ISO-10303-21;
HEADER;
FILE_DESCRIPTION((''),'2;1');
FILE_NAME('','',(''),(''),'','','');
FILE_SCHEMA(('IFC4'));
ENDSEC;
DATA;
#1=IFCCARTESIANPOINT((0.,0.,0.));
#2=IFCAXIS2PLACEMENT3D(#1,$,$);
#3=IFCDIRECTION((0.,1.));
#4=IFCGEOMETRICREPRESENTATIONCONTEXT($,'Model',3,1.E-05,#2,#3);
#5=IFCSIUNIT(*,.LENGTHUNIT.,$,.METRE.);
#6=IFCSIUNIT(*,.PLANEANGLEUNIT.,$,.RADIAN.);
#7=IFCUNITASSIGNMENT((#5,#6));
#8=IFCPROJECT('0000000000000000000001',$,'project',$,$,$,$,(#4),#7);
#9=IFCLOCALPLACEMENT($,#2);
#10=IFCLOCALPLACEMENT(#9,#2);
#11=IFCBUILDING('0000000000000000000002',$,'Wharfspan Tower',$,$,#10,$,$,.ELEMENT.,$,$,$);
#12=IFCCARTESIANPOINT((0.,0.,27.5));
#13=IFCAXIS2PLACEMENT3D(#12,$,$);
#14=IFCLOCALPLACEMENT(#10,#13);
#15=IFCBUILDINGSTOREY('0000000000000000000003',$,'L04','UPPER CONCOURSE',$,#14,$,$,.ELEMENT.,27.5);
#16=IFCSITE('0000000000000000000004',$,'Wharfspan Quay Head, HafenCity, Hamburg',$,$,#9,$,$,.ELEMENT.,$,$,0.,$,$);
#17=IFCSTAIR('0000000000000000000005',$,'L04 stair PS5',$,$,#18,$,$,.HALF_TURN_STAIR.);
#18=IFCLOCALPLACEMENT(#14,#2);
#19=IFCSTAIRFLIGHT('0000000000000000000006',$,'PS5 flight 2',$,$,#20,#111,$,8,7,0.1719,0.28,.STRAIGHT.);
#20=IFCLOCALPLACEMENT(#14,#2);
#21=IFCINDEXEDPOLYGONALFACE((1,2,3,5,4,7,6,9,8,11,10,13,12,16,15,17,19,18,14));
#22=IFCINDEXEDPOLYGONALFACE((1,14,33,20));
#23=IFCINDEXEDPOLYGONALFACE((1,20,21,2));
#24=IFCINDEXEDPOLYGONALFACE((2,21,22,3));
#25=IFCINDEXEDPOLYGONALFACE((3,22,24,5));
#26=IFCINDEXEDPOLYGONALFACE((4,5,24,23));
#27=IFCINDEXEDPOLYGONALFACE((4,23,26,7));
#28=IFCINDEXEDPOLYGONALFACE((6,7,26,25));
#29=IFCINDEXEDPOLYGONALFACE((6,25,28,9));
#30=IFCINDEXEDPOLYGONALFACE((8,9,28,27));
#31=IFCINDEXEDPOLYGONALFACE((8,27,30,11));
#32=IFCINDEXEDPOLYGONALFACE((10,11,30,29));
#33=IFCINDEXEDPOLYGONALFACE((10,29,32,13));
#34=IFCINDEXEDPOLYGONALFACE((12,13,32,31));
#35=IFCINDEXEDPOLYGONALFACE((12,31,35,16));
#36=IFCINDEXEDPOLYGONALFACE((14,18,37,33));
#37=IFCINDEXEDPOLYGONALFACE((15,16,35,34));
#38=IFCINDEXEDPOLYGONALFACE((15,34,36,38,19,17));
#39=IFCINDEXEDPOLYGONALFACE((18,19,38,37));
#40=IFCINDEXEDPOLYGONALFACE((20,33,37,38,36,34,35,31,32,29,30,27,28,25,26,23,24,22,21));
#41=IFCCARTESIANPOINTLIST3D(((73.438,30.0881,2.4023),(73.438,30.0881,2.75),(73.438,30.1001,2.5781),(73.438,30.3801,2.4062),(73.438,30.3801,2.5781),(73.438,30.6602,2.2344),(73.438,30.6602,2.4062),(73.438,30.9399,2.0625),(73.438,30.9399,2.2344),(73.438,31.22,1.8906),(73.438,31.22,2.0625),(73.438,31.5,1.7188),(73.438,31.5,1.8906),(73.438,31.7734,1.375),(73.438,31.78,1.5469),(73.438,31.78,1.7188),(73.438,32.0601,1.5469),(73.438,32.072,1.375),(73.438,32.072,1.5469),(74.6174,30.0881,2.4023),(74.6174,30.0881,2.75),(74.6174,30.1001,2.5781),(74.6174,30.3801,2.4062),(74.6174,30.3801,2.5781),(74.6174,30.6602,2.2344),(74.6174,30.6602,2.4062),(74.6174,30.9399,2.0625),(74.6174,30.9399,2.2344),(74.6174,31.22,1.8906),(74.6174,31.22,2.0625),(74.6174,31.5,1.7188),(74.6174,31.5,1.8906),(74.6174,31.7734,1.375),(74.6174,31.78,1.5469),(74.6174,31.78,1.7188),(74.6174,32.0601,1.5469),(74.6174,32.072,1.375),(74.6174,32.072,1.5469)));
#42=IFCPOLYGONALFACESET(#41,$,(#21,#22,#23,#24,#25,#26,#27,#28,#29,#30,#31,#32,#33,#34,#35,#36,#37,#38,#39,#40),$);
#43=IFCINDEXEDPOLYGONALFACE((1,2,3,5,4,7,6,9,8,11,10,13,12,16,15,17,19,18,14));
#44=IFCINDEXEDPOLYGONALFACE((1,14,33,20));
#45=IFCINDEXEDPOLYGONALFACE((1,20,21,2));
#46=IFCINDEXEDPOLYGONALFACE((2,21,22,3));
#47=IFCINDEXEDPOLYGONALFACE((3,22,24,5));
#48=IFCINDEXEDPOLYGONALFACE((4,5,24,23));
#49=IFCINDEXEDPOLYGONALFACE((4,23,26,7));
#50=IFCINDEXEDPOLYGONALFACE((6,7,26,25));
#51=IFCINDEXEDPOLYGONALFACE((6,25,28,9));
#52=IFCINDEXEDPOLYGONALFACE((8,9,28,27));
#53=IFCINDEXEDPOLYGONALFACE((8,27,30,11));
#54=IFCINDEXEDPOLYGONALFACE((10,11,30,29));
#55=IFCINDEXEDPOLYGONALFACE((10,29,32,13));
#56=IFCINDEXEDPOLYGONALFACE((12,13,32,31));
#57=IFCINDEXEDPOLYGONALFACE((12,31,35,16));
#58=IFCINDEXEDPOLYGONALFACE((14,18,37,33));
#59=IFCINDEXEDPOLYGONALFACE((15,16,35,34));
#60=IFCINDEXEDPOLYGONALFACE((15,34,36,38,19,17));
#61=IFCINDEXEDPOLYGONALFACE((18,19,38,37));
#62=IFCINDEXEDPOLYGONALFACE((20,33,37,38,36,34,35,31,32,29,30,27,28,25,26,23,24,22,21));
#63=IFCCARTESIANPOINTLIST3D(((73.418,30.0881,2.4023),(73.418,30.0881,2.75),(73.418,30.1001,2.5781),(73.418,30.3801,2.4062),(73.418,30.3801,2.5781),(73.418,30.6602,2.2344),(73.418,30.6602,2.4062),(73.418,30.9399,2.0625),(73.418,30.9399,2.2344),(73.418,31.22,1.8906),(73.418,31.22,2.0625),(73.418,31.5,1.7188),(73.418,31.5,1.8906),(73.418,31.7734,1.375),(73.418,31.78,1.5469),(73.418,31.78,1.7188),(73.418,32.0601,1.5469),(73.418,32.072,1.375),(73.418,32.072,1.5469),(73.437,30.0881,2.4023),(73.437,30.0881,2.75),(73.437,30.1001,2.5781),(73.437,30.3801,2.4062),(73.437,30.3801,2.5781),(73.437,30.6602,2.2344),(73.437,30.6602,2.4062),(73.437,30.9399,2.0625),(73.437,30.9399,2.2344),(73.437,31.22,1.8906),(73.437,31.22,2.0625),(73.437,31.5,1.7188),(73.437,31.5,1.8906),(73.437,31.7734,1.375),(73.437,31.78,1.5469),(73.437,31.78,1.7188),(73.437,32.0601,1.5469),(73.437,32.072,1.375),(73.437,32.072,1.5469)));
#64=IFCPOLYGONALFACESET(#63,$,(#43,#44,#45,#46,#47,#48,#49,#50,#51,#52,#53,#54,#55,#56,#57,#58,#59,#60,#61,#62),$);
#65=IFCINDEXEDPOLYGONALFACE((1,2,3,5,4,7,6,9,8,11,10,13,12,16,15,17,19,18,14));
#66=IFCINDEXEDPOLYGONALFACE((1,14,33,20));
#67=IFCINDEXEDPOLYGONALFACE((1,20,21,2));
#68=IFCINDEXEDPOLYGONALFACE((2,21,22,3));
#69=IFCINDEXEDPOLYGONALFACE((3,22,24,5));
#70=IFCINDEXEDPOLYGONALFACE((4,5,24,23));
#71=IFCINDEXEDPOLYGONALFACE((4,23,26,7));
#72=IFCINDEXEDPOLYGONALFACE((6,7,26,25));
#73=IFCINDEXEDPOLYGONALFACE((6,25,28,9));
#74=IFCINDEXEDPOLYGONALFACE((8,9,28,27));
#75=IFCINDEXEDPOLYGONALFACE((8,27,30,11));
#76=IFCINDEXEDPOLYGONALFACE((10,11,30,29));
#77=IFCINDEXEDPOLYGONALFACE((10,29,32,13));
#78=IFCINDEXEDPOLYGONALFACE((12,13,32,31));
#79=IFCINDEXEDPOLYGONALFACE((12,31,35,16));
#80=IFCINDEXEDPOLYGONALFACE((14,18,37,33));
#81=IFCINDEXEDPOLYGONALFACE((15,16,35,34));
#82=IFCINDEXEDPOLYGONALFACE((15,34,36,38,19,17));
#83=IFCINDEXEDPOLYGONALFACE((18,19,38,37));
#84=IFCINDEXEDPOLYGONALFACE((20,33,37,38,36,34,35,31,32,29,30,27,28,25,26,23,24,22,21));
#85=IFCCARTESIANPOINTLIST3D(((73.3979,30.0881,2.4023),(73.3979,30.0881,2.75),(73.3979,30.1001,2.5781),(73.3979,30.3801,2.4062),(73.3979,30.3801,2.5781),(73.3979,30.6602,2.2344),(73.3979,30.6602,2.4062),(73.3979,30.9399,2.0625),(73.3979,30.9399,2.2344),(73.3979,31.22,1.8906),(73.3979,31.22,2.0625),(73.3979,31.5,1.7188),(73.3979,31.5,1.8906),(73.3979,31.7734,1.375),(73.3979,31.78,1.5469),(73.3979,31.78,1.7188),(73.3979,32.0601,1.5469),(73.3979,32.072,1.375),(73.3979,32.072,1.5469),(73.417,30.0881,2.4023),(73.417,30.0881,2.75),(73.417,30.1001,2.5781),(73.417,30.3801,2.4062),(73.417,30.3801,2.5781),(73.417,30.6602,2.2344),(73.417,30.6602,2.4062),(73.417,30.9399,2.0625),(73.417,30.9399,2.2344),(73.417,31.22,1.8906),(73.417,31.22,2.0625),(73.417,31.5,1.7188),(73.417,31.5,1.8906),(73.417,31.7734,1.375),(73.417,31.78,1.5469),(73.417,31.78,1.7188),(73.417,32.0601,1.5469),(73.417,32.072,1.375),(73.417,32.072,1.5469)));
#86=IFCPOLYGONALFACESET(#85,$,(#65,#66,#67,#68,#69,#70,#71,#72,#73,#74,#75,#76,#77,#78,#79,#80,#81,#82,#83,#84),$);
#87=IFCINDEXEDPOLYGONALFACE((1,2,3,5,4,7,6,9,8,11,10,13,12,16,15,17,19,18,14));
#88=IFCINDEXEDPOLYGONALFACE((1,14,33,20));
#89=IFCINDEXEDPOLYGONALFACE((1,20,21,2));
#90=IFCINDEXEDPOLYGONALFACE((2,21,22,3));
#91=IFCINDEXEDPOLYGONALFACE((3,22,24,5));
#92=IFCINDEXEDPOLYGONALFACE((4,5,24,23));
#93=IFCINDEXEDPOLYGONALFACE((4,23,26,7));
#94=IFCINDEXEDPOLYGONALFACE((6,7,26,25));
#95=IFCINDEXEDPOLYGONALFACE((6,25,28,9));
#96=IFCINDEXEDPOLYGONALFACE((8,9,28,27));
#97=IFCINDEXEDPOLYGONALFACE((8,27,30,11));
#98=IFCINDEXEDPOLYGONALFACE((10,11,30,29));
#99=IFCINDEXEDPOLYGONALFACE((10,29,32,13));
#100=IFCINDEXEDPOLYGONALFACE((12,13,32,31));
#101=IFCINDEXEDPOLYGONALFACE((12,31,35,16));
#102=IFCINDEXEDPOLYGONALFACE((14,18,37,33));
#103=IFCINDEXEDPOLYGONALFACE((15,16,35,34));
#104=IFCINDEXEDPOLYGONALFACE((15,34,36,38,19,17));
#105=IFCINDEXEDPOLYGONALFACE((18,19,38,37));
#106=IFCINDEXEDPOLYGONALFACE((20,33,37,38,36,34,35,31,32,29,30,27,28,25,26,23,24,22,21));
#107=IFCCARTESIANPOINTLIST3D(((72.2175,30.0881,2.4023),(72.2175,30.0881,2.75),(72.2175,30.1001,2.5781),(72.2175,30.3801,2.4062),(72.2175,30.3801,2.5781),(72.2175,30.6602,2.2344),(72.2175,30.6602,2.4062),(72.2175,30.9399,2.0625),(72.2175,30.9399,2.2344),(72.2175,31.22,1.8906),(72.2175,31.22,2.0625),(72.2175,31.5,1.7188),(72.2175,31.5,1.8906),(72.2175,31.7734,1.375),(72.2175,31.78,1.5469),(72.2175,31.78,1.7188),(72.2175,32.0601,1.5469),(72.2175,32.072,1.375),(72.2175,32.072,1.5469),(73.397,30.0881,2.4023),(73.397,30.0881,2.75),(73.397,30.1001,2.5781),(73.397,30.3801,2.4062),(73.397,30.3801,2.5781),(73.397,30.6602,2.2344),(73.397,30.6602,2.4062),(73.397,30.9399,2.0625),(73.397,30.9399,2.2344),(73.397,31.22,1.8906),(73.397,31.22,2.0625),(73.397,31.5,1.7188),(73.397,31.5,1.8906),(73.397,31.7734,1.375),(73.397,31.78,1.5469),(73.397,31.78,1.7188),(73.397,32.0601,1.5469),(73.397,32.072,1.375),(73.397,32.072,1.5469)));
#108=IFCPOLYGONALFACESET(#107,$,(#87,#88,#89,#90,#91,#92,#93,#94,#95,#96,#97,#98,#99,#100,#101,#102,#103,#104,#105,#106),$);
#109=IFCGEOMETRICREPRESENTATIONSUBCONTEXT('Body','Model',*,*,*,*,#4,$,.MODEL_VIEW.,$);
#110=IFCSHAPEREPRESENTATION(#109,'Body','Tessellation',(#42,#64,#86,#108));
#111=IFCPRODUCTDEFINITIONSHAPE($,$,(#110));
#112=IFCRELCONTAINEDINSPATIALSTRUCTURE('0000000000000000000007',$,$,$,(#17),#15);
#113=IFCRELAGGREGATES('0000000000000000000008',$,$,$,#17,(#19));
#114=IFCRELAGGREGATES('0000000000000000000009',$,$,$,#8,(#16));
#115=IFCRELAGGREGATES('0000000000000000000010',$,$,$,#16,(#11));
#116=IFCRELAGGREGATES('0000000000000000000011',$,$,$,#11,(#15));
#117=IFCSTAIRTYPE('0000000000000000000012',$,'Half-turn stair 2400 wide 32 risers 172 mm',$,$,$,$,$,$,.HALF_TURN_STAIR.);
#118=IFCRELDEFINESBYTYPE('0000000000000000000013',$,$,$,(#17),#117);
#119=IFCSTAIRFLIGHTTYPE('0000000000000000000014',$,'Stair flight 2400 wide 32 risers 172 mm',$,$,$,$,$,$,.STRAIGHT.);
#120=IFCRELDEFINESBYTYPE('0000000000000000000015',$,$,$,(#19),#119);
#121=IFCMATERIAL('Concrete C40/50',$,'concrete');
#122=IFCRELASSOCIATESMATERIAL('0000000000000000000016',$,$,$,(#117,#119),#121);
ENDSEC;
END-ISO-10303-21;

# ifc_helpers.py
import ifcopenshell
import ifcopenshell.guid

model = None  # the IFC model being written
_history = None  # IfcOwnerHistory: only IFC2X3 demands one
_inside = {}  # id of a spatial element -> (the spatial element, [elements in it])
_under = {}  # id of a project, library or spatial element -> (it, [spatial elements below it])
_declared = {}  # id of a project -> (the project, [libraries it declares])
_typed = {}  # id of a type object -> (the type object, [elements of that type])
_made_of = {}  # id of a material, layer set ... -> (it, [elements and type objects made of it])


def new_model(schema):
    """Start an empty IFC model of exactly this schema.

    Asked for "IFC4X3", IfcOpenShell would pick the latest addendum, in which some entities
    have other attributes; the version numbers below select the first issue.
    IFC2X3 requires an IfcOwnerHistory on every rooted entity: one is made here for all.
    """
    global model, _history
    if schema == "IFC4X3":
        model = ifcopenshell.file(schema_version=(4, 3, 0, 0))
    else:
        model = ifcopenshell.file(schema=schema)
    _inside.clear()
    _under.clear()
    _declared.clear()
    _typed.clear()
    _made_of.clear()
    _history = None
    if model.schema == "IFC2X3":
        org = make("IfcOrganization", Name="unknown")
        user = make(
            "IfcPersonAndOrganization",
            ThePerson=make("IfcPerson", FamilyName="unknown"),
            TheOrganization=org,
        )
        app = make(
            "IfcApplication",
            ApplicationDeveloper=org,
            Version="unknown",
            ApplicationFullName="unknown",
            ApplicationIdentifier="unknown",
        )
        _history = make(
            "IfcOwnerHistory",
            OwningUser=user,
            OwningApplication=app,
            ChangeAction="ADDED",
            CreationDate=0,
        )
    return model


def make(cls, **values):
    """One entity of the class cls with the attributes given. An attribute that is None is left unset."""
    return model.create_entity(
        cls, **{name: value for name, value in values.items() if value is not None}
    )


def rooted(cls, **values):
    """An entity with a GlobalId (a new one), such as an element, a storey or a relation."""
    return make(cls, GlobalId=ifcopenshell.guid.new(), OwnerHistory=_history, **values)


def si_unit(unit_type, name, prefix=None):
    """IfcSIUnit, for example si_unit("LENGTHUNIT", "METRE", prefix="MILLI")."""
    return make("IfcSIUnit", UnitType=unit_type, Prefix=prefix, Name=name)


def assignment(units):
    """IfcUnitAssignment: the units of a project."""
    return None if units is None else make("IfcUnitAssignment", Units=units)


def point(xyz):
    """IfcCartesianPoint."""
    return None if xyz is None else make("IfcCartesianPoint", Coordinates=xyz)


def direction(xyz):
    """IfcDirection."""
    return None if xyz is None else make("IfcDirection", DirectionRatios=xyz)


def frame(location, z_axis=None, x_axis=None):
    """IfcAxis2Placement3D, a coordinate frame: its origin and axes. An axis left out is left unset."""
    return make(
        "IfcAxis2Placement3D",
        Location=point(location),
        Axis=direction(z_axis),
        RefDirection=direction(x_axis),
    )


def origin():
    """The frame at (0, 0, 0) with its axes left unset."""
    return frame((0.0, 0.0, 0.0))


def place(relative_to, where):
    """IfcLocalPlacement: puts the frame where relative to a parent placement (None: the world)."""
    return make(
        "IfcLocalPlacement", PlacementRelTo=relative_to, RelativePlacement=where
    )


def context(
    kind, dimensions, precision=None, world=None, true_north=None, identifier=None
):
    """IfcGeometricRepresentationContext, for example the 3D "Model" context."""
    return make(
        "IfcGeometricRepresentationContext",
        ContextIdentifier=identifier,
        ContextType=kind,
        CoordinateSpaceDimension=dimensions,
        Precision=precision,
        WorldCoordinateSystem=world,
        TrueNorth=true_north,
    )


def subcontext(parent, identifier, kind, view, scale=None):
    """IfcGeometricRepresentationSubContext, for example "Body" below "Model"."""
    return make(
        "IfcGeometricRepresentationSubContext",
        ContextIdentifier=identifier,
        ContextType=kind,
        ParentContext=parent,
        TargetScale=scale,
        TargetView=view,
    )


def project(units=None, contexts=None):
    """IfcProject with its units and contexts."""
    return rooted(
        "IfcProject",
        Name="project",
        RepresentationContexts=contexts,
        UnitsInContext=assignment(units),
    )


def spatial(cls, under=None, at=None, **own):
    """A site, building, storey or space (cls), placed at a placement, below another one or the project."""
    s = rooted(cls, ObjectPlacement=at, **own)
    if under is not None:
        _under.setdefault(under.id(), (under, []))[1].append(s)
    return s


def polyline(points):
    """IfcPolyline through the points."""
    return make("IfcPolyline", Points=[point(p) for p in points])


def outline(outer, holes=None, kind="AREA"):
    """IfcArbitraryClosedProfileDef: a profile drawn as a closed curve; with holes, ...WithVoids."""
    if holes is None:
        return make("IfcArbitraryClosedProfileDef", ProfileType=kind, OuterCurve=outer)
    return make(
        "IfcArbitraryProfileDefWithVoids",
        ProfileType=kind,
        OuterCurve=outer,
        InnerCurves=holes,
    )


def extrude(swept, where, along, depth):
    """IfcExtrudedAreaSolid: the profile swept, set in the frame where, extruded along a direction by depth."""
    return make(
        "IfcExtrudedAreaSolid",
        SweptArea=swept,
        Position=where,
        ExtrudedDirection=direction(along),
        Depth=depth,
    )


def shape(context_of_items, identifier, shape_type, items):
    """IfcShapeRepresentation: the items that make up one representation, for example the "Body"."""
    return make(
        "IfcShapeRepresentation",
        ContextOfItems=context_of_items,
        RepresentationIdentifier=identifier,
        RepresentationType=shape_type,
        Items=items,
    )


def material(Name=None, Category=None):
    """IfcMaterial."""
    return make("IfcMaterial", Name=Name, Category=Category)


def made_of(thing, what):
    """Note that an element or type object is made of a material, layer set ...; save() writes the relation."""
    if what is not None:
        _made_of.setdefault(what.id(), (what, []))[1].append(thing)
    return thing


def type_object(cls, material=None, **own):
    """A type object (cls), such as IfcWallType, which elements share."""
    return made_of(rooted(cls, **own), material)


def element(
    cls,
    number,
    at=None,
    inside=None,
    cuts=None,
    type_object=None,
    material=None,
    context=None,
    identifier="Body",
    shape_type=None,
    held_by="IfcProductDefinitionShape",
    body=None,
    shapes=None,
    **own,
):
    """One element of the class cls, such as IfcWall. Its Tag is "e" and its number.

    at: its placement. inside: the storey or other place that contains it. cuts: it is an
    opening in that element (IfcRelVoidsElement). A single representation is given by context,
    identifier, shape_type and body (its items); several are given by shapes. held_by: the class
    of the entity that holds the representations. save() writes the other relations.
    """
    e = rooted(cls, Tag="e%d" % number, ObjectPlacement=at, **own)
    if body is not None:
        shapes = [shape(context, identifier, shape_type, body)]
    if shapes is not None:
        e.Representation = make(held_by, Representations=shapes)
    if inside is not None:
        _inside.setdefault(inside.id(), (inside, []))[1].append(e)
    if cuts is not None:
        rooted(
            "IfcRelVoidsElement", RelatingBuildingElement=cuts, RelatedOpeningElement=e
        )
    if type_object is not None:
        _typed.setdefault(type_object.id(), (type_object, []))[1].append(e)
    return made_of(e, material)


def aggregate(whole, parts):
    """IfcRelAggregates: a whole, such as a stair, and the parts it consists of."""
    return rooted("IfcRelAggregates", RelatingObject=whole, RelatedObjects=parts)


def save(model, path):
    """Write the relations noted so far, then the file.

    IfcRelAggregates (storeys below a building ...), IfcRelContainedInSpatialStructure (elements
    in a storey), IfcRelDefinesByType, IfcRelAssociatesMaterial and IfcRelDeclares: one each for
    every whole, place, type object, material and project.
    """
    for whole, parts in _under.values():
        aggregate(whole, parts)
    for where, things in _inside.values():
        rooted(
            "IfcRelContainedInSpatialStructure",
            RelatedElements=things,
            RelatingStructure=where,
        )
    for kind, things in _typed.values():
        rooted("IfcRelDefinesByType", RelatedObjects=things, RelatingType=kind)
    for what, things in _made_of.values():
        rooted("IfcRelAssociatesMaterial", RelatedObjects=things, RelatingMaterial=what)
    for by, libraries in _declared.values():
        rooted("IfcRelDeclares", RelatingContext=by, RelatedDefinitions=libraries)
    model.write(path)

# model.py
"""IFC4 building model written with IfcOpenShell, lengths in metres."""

from ifc_helpers import new_model, si_unit, direction, frame, origin, place, context, subcontext, project, spatial, polyline, outline, extrude, material, type_object, element, aggregate, save


model = new_model("IFC4")

# Units and contexts
model_context = context("Model", 3, precision=1e-05, world=origin(), true_north=direction((0.0, 1.0)))
body_context = subcontext(model_context, "Body", "Model", "MODEL_VIEW")
ifc_project = project(units=[si_unit("LENGTHUNIT", "METRE"), si_unit("PLANEANGLEUNIT", "RADIAN")], contexts=[model_context])

# Site, building, storey
site_placement = place(None, origin())
site = spatial("IfcSite", under=ifc_project, at=site_placement, Name="Wharfspan Quay Head, HafenCity, Hamburg", CompositionType="ELEMENT", RefElevation=0.0)
building_placement = place(site_placement, origin())
building = spatial("IfcBuilding", under=site, at=building_placement, Name="Wharfspan Tower", CompositionType="ELEMENT")
storey_placement = place(building_placement, frame((0.0, 0.0, 27.5)))
storey = spatial("IfcBuildingStorey", under=building, at=storey_placement, Name="L04", Description="UPPER CONCOURSE", CompositionType="ELEMENT", Elevation=27.5)

# Shared definitions
ifc_material_1 = material(Name="Concrete C40/50", Category="concrete")

# Shared definitions
stair_type = type_object("IfcStairType", Name="Half-turn stair 2400 wide 32 risers 172 mm", PredefinedType="HALF_TURN_STAIR", material=ifc_material_1)
stair_flight_type = type_object("IfcStairFlightType", Name="Stair flight 2400 wide 32 risers 172 mm", PredefinedType="STRAIGHT", material=ifc_material_1)

# Stair, stair flight
stair_1_placement = place(storey_placement, origin())
stair_1 = element("IfcStair", 1, at=stair_1_placement, inside=storey, type_object=stair_type, Name="L04 stair PS5", PredefinedType="HALF_TURN_STAIR")
stair_flight_1_placement = place(storey_placement, frame((73.4175, 32.0601, 1.375), z_axis=(0.0, 0.0, 1.0), x_axis=(0.0, -1.0, 0.0)))
stair_flight_1 = element("IfcStairFlight", 2, at=stair_flight_1_placement, type_object=stair_flight_type, Name="PS5 flight 2", NumberOfRisers=8, NumberOfTreads=7, PredefinedType="STRAIGHT", RiserHeight=0.1719, TreadLength=0.28, context=body_context, shape_type="SweptSolid", body=[
    extrude(outline(polyline([(-0.012, 0.0), (-0.012, 0.1719), (0.0, 0.1719), (0.28, 0.1719), (0.28, 0.3438), (0.5601, 0.3438), (0.5601, 0.5156), (0.8401, 0.5156), (0.8401, 0.6875), (1.1201, 0.6875), (1.1201, 0.8594), (1.3999, 0.8594), (1.3999, 1.0312), (1.6799, 1.0312), (1.6799, 1.2031), (1.96, 1.2031), (1.9719, 1.375), (1.9719, 1.0273), (0.2866, 0.0), (-0.012, 0.0)])), frame((0.0, 1.2, 0.0), z_axis=(0.0, -1.0, 0.0), x_axis=(1.0, 0.0, 0.0)), (0.0, 0.0, 1.0), 1.1794),
    extrude(outline(polyline([(-0.012, 0.0), (-0.012, 0.1719), (0.0, 0.1719), (0.28, 0.1719), (0.28, 0.3438), (0.5601, 0.3438), (0.5601, 0.5156), (0.8401, 0.5156), (0.8401, 0.6875), (1.1201, 0.6875), (1.1201, 0.8594), (1.3999, 0.8594), (1.3999, 1.0312), (1.6799, 1.0312), (1.6799, 1.2031), (1.96, 1.2031), (1.9719, 1.375), (1.9719, 1.0273), (0.2866, 0.0), (-0.012, 0.0)])), frame((0.0, 0.0195, 0.0), z_axis=(0.0, -1.0, 0.0), x_axis=(1.0, 0.0, 0.0)), (0.0, 0.0, 1.0), 0.019),
    extrude(outline(polyline([(-0.012, 0.0), (-0.012, 0.1719), (0.0, 0.1719), (0.28, 0.1719), (0.28, 0.3438), (0.5601, 0.3438), (0.5601, 0.5156), (0.8401, 0.5156), (0.8401, 0.6875), (1.1201, 0.6875), (1.1201, 0.8594), (1.3999, 0.8594), (1.3999, 1.0312), (1.6799, 1.0312), (1.6799, 1.2031), (1.96, 1.2031), (1.9719, 1.375), (1.9719, 1.0273), (0.2866, 0.0), (-0.012, 0.0)])), frame((0.0, -0.0005, 0.0), z_axis=(0.0, -1.0, 0.0), x_axis=(1.0, 0.0, 0.0)), (0.0, 0.0, 1.0), 0.019),
    extrude(outline(polyline([(-0.012, 0.0), (-0.012, 0.1719), (0.0, 0.1719), (0.28, 0.1719), (0.28, 0.3438), (0.5601, 0.3438), (0.5601, 0.5156), (0.8401, 0.5156), (0.8401, 0.6875), (1.1201, 0.6875), (1.1201, 0.8594), (1.3999, 0.8594), (1.3999, 1.0312), (1.6799, 1.0312), (1.6799, 1.2031), (1.96, 1.2031), (1.9719, 1.375), (1.9719, 1.0273), (0.2866, 0.0), (-0.012, 0.0)])), frame((0.0, -0.0205, 0.0), z_axis=(0.0, -1.0, 0.0), x_axis=(1.0, 0.0, 0.0)), (0.0, 0.0, 1.0), 1.1794),
])
aggregate(stair_1, [stair_flight_1])

save(model, "model.ifc")
